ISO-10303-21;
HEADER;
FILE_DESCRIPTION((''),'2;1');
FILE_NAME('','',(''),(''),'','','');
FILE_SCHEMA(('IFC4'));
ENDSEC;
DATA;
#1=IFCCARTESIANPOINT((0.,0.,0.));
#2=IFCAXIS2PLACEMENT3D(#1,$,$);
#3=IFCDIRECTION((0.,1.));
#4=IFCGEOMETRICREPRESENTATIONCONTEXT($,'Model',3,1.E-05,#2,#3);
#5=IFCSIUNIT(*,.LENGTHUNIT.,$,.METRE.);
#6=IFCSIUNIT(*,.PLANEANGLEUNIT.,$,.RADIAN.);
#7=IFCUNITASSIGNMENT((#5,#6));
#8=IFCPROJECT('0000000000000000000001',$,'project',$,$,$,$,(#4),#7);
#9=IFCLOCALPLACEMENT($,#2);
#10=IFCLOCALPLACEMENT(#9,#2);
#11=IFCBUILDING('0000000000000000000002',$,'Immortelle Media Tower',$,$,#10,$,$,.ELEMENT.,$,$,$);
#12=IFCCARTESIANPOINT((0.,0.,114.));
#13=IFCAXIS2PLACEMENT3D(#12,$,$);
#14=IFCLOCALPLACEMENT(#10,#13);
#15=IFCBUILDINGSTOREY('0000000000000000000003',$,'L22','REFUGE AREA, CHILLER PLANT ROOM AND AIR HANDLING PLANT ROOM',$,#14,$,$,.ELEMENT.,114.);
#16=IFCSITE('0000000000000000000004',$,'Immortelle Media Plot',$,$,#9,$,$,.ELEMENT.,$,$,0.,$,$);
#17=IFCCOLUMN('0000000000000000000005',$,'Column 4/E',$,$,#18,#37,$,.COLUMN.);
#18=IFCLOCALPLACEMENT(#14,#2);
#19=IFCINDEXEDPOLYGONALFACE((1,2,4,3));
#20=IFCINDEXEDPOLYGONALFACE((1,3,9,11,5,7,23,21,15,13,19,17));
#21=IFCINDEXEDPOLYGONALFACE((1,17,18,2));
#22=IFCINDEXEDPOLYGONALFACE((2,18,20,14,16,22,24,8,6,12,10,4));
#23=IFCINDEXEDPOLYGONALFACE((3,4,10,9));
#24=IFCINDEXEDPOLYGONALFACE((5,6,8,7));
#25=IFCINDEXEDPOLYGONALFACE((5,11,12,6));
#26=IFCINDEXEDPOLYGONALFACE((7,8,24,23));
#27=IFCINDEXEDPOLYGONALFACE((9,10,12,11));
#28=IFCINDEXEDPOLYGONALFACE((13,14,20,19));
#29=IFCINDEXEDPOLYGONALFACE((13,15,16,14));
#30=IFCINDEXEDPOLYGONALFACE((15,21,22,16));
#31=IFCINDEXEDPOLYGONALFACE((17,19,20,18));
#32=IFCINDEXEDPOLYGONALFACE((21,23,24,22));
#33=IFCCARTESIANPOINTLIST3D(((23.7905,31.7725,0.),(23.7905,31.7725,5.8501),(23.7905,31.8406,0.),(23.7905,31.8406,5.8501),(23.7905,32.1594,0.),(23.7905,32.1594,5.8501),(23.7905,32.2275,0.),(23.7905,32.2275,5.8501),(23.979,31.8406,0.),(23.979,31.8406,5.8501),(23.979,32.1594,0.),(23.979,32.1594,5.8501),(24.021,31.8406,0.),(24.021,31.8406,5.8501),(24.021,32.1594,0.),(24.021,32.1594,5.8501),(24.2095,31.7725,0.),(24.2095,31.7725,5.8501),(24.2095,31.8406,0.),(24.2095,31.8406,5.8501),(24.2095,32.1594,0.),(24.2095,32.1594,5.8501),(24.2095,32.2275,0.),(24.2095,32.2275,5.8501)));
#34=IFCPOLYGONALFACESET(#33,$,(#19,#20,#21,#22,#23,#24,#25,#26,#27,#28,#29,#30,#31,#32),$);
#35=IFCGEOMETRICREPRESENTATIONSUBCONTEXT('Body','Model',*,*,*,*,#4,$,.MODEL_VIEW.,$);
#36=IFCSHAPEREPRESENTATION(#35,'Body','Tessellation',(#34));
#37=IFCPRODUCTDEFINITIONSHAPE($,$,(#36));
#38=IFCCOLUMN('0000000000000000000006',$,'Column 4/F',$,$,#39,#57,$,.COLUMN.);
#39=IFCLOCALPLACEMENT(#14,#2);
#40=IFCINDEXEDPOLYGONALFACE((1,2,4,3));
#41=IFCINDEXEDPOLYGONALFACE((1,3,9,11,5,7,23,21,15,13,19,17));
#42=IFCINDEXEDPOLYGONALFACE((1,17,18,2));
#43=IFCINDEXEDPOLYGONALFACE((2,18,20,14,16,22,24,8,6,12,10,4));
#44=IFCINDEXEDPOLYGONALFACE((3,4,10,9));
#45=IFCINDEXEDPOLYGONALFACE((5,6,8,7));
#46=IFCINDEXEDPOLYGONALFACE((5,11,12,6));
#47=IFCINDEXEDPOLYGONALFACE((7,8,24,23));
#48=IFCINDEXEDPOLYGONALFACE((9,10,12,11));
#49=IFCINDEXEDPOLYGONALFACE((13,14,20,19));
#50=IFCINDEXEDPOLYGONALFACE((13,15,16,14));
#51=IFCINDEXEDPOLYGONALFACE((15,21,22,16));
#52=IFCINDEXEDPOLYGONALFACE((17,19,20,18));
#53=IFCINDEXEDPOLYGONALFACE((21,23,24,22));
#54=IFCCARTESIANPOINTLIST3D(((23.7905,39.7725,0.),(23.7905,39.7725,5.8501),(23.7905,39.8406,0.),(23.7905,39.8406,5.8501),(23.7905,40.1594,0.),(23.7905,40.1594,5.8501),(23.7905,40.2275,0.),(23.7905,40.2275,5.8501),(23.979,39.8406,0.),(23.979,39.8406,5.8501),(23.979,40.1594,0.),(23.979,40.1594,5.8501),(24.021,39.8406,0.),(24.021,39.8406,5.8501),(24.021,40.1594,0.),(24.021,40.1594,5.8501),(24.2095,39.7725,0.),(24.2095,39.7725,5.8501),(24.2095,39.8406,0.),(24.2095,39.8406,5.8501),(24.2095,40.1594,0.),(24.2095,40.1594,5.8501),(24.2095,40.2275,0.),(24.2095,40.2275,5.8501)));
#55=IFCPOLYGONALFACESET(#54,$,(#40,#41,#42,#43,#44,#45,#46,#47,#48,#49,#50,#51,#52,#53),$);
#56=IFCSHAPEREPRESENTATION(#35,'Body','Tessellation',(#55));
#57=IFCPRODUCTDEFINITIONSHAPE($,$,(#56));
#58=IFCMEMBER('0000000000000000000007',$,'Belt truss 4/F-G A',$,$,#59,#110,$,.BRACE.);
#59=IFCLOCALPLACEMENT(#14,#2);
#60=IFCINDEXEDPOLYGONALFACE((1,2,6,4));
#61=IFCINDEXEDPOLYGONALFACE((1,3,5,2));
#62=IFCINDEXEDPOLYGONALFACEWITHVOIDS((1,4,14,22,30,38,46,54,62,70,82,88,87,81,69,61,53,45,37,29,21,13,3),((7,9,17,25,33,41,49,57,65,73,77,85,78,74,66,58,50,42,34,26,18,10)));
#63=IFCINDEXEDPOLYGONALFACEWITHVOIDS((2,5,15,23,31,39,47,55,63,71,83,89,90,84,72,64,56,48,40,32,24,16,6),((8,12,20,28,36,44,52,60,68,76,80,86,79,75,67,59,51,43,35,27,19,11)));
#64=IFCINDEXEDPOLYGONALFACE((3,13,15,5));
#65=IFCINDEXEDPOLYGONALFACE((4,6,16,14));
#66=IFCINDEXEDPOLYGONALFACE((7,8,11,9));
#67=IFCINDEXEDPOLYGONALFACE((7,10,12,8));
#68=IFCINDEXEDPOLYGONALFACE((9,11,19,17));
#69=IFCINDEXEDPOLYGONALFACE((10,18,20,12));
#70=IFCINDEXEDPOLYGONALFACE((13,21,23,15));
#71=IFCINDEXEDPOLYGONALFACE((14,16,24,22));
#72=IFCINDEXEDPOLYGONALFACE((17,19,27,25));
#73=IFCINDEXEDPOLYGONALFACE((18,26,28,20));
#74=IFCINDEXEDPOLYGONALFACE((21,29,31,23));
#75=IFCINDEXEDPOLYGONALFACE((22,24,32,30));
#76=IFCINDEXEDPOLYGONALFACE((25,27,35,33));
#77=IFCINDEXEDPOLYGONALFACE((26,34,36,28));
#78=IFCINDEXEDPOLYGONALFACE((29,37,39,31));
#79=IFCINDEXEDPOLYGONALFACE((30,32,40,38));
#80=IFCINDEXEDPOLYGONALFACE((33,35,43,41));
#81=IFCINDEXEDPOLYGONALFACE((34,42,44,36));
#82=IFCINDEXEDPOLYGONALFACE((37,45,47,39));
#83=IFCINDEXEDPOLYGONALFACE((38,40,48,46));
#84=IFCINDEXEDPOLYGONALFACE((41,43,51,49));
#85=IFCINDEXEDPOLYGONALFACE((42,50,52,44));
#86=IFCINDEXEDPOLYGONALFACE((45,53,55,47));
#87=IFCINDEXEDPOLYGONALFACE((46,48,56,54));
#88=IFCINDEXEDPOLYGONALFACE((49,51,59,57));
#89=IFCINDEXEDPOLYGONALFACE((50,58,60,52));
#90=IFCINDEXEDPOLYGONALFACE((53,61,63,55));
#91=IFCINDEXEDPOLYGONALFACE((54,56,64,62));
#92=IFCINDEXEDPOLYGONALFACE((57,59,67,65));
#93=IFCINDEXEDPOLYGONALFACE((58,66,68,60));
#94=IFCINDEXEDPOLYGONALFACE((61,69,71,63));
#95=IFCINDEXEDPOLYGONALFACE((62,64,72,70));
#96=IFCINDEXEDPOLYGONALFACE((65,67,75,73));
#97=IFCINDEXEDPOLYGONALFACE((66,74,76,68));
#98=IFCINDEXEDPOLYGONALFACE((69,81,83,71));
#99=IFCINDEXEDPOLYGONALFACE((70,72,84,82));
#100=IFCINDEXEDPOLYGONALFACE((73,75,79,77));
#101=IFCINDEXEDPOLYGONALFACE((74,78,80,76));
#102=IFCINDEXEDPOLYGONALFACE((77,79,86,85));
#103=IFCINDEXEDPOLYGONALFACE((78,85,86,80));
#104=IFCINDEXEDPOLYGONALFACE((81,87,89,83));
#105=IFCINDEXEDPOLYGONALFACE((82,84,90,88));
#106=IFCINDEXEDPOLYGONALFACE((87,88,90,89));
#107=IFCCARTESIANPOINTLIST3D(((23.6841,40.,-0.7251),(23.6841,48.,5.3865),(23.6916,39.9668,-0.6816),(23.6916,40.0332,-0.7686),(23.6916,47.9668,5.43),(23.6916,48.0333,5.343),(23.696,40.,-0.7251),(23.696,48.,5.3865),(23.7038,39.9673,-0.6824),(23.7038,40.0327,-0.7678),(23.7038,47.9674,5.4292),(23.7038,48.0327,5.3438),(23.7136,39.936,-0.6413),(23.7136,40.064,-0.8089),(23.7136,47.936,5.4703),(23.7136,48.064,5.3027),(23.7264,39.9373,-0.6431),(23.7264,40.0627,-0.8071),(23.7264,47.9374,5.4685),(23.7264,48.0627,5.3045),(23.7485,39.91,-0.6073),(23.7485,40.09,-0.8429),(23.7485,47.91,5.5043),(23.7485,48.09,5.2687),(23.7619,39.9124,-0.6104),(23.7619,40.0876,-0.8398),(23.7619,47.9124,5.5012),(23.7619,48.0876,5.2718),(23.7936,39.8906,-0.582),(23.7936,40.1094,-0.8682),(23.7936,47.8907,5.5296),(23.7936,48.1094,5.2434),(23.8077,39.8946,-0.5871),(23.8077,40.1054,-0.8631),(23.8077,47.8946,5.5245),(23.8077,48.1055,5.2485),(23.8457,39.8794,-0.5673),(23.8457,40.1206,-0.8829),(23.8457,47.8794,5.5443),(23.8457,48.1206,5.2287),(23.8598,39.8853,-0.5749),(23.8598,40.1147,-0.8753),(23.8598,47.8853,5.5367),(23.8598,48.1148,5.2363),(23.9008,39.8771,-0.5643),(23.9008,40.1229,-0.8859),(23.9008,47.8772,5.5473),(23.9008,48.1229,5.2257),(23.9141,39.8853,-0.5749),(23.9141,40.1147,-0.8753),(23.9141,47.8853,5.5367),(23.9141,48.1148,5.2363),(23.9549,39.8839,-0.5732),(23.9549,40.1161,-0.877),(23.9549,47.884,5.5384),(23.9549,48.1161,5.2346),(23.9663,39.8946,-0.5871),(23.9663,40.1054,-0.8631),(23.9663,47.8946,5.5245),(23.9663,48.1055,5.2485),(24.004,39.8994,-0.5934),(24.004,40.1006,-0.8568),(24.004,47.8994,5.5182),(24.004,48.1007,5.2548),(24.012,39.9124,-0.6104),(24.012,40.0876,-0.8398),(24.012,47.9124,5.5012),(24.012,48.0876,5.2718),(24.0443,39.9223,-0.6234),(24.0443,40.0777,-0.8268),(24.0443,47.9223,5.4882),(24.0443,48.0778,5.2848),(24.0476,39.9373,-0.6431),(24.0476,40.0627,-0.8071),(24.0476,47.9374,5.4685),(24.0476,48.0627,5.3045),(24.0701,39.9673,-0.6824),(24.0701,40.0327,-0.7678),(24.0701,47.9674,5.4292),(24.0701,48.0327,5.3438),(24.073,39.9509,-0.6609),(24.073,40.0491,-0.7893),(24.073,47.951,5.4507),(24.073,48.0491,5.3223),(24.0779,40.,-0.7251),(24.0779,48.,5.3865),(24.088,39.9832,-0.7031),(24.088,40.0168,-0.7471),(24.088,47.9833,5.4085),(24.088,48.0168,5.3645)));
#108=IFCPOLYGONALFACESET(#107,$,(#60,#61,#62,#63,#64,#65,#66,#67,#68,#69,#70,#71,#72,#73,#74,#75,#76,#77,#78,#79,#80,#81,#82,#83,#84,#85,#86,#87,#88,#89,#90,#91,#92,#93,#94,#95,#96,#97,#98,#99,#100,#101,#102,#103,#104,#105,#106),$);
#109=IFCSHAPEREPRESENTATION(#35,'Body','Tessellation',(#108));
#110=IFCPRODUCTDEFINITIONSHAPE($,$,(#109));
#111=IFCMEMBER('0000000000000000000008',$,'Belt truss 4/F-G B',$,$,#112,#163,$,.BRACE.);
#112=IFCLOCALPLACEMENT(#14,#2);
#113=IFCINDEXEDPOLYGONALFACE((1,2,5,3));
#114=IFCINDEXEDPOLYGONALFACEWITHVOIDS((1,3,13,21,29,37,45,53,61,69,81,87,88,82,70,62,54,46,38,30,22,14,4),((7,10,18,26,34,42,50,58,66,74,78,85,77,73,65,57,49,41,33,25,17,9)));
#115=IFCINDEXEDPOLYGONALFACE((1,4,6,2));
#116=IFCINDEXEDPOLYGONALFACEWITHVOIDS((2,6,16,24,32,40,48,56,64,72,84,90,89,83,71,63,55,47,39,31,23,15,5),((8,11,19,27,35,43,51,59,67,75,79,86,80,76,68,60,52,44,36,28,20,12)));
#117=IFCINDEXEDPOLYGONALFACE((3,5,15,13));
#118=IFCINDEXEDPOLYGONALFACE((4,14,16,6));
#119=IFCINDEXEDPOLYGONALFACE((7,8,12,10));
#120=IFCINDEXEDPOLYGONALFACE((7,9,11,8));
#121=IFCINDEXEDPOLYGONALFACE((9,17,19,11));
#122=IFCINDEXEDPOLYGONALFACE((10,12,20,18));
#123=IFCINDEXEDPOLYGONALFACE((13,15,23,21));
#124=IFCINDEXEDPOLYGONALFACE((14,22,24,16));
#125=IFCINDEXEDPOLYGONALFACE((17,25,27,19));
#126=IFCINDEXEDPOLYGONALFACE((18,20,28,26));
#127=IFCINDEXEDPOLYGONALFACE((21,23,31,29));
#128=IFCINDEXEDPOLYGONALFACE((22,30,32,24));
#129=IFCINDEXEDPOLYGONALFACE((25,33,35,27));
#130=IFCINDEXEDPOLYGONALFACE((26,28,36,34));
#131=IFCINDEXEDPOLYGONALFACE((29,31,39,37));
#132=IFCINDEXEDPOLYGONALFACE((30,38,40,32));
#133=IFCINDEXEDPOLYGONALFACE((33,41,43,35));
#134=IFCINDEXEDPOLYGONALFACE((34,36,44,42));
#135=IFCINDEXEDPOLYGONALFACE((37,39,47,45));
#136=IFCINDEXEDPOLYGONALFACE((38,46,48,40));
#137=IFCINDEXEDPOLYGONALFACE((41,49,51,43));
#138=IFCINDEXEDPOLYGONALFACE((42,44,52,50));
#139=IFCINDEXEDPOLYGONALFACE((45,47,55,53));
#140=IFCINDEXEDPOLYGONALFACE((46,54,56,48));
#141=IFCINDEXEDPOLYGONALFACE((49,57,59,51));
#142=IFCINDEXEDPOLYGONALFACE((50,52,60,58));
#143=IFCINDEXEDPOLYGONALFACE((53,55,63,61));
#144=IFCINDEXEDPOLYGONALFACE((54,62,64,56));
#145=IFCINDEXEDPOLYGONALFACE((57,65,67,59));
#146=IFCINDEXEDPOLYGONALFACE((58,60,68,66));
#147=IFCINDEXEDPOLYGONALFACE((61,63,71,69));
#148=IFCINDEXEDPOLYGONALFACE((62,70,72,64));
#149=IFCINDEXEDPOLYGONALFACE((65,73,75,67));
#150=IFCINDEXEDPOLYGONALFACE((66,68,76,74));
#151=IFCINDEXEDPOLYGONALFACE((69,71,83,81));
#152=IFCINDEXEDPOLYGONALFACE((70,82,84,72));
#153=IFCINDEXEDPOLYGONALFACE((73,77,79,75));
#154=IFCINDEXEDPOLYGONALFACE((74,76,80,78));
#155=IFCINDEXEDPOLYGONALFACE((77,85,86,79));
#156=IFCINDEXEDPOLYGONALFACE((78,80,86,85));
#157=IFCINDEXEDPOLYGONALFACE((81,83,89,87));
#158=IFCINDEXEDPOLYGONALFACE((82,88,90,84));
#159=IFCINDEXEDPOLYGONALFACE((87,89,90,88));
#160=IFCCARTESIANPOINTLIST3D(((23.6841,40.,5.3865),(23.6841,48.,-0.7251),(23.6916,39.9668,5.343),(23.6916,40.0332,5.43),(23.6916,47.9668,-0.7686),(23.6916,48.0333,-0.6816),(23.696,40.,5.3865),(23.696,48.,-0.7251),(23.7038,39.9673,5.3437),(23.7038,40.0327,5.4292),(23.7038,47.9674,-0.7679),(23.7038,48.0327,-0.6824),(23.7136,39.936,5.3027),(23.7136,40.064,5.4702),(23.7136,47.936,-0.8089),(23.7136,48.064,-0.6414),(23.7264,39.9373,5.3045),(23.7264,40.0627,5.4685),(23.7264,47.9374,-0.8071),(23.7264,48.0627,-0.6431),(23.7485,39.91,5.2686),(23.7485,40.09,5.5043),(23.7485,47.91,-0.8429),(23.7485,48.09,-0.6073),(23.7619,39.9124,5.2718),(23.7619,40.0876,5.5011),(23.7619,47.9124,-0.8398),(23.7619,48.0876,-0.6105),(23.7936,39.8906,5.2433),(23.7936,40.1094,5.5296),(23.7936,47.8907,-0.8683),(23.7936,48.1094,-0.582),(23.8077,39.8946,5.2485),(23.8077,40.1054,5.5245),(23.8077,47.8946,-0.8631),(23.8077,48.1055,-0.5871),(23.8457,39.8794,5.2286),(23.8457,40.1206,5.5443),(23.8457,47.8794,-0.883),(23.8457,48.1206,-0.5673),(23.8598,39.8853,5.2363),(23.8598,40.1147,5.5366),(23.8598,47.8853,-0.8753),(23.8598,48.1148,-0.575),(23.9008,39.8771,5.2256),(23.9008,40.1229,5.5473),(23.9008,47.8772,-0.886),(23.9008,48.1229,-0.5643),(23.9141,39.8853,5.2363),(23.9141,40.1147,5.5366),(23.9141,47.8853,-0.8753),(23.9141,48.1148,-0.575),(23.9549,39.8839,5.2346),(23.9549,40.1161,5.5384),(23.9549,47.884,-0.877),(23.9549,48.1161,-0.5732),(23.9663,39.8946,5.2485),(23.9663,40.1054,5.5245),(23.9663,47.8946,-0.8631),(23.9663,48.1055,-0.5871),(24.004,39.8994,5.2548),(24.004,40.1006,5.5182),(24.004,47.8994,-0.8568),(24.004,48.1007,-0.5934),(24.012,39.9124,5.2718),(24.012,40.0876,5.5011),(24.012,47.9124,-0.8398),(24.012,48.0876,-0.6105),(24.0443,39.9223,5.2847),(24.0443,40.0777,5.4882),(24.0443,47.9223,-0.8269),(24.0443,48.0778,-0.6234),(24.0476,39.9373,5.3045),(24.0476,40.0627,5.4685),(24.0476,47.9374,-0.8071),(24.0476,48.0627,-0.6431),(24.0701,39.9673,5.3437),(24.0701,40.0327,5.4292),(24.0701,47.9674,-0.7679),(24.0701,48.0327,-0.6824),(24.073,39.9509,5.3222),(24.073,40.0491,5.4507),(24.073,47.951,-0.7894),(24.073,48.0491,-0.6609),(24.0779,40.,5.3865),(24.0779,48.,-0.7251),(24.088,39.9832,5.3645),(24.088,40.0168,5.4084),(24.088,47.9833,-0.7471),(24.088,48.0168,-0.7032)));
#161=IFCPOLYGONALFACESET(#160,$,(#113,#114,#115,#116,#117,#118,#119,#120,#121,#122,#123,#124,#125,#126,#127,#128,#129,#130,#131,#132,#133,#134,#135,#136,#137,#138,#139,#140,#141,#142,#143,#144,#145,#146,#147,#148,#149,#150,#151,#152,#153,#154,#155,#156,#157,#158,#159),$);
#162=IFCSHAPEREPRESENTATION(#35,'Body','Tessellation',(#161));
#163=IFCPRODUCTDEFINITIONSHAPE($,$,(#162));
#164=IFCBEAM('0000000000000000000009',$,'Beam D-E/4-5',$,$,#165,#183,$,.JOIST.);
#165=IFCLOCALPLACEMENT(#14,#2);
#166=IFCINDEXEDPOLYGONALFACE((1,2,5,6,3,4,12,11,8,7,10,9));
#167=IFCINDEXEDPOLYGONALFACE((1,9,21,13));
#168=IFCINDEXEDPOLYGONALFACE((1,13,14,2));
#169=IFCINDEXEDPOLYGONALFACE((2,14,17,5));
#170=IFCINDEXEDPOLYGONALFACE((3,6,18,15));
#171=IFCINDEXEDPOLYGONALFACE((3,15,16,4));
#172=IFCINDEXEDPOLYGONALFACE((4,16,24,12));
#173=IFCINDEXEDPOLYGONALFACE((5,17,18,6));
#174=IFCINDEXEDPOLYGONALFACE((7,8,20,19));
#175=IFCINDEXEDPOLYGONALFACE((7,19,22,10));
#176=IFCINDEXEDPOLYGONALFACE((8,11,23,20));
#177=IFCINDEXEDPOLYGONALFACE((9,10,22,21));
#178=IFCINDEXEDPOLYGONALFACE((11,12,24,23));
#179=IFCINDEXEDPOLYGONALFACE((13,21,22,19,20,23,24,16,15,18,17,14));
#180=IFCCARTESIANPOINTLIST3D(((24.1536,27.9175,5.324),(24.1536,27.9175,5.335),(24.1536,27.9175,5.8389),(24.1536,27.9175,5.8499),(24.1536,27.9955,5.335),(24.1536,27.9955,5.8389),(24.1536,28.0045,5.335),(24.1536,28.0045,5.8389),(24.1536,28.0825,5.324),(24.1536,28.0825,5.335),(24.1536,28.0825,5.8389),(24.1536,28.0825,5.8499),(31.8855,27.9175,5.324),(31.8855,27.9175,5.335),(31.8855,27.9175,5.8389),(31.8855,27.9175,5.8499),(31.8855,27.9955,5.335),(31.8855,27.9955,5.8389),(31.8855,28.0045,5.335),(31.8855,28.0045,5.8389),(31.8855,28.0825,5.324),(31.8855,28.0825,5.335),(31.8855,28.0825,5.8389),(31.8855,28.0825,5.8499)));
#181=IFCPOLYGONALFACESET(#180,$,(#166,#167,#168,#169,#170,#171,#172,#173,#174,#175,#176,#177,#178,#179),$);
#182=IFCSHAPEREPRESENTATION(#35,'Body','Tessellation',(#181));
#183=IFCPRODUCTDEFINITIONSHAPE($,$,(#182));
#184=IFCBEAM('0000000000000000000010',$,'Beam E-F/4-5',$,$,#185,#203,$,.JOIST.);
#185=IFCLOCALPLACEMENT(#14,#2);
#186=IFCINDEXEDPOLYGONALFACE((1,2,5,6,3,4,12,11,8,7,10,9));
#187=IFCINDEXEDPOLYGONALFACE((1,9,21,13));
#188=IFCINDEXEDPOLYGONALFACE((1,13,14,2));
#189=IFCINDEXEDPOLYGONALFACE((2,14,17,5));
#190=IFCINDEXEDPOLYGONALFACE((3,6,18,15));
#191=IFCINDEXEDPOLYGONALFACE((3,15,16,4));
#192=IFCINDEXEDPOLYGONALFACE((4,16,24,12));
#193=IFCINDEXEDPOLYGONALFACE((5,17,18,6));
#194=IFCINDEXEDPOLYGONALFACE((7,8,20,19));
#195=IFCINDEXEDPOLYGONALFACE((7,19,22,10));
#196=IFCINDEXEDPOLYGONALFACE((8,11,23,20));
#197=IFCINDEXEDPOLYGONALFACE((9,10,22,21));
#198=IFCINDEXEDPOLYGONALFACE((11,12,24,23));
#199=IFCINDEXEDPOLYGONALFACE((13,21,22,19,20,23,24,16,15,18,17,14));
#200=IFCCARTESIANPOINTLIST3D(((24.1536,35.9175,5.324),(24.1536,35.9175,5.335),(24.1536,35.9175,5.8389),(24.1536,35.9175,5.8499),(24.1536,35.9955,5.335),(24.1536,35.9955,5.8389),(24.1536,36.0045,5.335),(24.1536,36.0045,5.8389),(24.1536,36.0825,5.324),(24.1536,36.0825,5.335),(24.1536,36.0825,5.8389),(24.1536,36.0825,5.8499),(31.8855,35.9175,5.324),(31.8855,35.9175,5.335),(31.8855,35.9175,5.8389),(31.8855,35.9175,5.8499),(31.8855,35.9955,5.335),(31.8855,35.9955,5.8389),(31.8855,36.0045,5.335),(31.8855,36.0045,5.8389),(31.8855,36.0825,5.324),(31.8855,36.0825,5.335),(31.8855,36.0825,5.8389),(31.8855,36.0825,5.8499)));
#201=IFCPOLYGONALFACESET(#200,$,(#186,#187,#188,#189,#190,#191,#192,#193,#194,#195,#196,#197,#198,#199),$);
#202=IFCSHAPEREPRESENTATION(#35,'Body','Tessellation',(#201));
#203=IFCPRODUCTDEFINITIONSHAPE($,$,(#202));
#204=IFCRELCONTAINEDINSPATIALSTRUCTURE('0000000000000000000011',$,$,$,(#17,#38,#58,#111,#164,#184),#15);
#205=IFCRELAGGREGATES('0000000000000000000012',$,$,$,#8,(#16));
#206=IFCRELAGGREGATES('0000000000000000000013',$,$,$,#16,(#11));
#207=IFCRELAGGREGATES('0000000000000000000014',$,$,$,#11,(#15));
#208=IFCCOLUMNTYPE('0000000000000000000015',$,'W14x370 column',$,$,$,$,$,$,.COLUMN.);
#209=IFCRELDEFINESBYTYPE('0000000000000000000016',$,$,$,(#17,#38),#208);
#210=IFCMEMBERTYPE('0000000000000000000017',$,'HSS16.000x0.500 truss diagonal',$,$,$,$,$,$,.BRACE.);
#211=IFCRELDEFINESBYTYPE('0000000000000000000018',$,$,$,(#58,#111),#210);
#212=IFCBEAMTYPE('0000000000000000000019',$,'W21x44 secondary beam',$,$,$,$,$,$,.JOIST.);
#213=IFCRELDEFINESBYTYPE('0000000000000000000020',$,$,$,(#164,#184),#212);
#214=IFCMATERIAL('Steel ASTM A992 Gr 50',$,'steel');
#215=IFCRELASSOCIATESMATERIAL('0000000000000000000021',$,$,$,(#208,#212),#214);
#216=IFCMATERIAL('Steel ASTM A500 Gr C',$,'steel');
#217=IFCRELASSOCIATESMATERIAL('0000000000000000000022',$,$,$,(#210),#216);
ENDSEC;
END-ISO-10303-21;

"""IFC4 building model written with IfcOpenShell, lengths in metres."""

from ifc_helpers import new_model, si_unit, direction, frame, origin, origin_2d, place, context, subcontext, project, spatial, hollow_circle, i_section, extrude, material, material_profile, profile_set, type_object, element, save


model = new_model("IFC4")

# Units and contexts
model_context = context("Model", 3, precision=1e-05, world=origin(), true_north=direction((0.0, 1.0)))
body_context = subcontext(model_context, "Body", "Model", "MODEL_VIEW")
ifc_project = project(units=[si_unit("LENGTHUNIT", "METRE"), si_unit("PLANEANGLEUNIT", "RADIAN")], contexts=[model_context])

# Site, building, storey
site_placement = place(None, origin())
site = spatial("IfcSite", under=ifc_project, at=site_placement, Name="Immortelle Media Plot", CompositionType="ELEMENT", RefElevation=0.0)
building_placement = place(site_placement, origin())
building = spatial("IfcBuilding", under=site, at=building_placement, Name="Immortelle Media Tower", CompositionType="ELEMENT")
storey_placement = place(building_placement, frame((0.0, 0.0, 114.0)))
storey = spatial("IfcBuildingStorey", under=building, at=storey_placement, Name="L22", Description="REFUGE AREA, CHILLER PLANT ROOM AND AIR HANDLING PLANT ROOM", CompositionType="ELEMENT", Elevation=114.0)

# Columns
ifc_material_1 = material(Name="Steel ASTM A992 Gr 50", Category="steel")
ifc_material_profile_1 = material_profile(ifc_material_1, i_section(OverallWidth=0.4189, OverallDepth=0.4551, WebThickness=0.042, FlangeThickness=0.0681, at=origin_2d()), Name="W14x370")
ifc_profile_set_1 = profile_set([ifc_material_profile_1], Name="Steel ASTM A992 Gr 50")
column_type = type_object("IfcColumnType", Name="W14x370 column", PredefinedType="COLUMN", material=ifc_profile_set_1)
for number, where, z_axis, x_axis, name in (
    (1, (24.0, 32.0, 0.0), (0.0, 0.0, 1.0), (1.0, 0.0, 0.0), "Column 4/E"),
    (2, (24.0, 40.0, 0.0), (0.0, 0.0, 1.0), (1.0, 0.0, 0.0), "Column 4/F"),
):
    element("IfcColumn", number, at=place(storey_placement, frame(where, z_axis=z_axis, x_axis=x_axis)), inside=storey, type_object=column_type, Name=name, PredefinedType="COLUMN", context=body_context, shape_type="SweptSolid", body=[
        extrude(i_section(OverallWidth=0.4189, OverallDepth=0.4551, WebThickness=0.042, FlangeThickness=0.0681, at=origin_2d()), origin(), (0.0, 0.0, 1.0), 5.8501),
    ])

# Members
ifc_material_2 = material(Name="Steel ASTM A500 Gr C", Category="steel")
ifc_material_profile_2 = material_profile(ifc_material_2, hollow_circle(Radius=0.2029, WallThickness=0.012, at=origin_2d()), Name="HSS16.000x0.500 truss diagonal")
ifc_profile_set_2 = profile_set([ifc_material_profile_2], Name="Steel ASTM A500 Gr C")
member_type = type_object("IfcMemberType", Name="HSS16.000x0.500 truss diagonal", PredefinedType="BRACE", material=ifc_profile_set_2)
for number, where, z_axis, x_axis, name in (
    (3, (23.887, 40.0, -0.7251), (0.0, 0.794649, 0.607069), (-1.0, 0.0, 0.0), "Belt truss 4/F-G A"),
    (4, (23.887, 40.0, 5.3865), (0.0, 0.794649, -0.607069), (-1.0, 0.0, 0.0), "Belt truss 4/F-G B"),
):
    element("IfcMember", number, at=place(storey_placement, frame(where, z_axis=z_axis, x_axis=x_axis)), inside=storey, type_object=member_type, Name=name, PredefinedType="BRACE", context=body_context, shape_type="SweptSolid", body=[
        extrude(hollow_circle(Radius=0.2029, WallThickness=0.012, at=origin_2d()), origin(), (0.0, 0.0, 1.0), 10.0674),
    ])

# Beams
ifc_material_profile_3 = material_profile(ifc_material_1, i_section(OverallWidth=0.165, OverallDepth=0.5259, WebThickness=0.009, FlangeThickness=0.011, at=origin_2d()), Name="W21x44")
ifc_profile_set_3 = profile_set([ifc_material_profile_3], Name="Steel ASTM A992 Gr 50")
beam_type_1 = type_object("IfcBeamType", Name="W21x44 secondary beam", PredefinedType="JOIST", material=ifc_profile_set_3)
for number, where, z_axis, x_axis, name in (
    (5, (24.1536, 28.0, 5.5869), (1.0, 0.0, 0.0), (0.0, 1.0, 0.0), "Beam D-E/4-5"),
    (6, (24.1536, 36.0, 5.5869), (1.0, 0.0, 0.0), (0.0, 1.0, 0.0), "Beam E-F/4-5"),
):
    element("IfcBeam", number, at=place(storey_placement, frame(where, z_axis=z_axis, x_axis=x_axis)), inside=storey, type_object=beam_type_1, Name=name, PredefinedType="JOIST", context=body_context, shape_type="SweptSolid", body=[
        extrude(i_section(OverallWidth=0.165, OverallDepth=0.5259, WebThickness=0.009, FlangeThickness=0.011, at=origin_2d()), origin(), (0.0, 0.0, 1.0), 7.7319),
    ])

save(model, "model.ifc")
